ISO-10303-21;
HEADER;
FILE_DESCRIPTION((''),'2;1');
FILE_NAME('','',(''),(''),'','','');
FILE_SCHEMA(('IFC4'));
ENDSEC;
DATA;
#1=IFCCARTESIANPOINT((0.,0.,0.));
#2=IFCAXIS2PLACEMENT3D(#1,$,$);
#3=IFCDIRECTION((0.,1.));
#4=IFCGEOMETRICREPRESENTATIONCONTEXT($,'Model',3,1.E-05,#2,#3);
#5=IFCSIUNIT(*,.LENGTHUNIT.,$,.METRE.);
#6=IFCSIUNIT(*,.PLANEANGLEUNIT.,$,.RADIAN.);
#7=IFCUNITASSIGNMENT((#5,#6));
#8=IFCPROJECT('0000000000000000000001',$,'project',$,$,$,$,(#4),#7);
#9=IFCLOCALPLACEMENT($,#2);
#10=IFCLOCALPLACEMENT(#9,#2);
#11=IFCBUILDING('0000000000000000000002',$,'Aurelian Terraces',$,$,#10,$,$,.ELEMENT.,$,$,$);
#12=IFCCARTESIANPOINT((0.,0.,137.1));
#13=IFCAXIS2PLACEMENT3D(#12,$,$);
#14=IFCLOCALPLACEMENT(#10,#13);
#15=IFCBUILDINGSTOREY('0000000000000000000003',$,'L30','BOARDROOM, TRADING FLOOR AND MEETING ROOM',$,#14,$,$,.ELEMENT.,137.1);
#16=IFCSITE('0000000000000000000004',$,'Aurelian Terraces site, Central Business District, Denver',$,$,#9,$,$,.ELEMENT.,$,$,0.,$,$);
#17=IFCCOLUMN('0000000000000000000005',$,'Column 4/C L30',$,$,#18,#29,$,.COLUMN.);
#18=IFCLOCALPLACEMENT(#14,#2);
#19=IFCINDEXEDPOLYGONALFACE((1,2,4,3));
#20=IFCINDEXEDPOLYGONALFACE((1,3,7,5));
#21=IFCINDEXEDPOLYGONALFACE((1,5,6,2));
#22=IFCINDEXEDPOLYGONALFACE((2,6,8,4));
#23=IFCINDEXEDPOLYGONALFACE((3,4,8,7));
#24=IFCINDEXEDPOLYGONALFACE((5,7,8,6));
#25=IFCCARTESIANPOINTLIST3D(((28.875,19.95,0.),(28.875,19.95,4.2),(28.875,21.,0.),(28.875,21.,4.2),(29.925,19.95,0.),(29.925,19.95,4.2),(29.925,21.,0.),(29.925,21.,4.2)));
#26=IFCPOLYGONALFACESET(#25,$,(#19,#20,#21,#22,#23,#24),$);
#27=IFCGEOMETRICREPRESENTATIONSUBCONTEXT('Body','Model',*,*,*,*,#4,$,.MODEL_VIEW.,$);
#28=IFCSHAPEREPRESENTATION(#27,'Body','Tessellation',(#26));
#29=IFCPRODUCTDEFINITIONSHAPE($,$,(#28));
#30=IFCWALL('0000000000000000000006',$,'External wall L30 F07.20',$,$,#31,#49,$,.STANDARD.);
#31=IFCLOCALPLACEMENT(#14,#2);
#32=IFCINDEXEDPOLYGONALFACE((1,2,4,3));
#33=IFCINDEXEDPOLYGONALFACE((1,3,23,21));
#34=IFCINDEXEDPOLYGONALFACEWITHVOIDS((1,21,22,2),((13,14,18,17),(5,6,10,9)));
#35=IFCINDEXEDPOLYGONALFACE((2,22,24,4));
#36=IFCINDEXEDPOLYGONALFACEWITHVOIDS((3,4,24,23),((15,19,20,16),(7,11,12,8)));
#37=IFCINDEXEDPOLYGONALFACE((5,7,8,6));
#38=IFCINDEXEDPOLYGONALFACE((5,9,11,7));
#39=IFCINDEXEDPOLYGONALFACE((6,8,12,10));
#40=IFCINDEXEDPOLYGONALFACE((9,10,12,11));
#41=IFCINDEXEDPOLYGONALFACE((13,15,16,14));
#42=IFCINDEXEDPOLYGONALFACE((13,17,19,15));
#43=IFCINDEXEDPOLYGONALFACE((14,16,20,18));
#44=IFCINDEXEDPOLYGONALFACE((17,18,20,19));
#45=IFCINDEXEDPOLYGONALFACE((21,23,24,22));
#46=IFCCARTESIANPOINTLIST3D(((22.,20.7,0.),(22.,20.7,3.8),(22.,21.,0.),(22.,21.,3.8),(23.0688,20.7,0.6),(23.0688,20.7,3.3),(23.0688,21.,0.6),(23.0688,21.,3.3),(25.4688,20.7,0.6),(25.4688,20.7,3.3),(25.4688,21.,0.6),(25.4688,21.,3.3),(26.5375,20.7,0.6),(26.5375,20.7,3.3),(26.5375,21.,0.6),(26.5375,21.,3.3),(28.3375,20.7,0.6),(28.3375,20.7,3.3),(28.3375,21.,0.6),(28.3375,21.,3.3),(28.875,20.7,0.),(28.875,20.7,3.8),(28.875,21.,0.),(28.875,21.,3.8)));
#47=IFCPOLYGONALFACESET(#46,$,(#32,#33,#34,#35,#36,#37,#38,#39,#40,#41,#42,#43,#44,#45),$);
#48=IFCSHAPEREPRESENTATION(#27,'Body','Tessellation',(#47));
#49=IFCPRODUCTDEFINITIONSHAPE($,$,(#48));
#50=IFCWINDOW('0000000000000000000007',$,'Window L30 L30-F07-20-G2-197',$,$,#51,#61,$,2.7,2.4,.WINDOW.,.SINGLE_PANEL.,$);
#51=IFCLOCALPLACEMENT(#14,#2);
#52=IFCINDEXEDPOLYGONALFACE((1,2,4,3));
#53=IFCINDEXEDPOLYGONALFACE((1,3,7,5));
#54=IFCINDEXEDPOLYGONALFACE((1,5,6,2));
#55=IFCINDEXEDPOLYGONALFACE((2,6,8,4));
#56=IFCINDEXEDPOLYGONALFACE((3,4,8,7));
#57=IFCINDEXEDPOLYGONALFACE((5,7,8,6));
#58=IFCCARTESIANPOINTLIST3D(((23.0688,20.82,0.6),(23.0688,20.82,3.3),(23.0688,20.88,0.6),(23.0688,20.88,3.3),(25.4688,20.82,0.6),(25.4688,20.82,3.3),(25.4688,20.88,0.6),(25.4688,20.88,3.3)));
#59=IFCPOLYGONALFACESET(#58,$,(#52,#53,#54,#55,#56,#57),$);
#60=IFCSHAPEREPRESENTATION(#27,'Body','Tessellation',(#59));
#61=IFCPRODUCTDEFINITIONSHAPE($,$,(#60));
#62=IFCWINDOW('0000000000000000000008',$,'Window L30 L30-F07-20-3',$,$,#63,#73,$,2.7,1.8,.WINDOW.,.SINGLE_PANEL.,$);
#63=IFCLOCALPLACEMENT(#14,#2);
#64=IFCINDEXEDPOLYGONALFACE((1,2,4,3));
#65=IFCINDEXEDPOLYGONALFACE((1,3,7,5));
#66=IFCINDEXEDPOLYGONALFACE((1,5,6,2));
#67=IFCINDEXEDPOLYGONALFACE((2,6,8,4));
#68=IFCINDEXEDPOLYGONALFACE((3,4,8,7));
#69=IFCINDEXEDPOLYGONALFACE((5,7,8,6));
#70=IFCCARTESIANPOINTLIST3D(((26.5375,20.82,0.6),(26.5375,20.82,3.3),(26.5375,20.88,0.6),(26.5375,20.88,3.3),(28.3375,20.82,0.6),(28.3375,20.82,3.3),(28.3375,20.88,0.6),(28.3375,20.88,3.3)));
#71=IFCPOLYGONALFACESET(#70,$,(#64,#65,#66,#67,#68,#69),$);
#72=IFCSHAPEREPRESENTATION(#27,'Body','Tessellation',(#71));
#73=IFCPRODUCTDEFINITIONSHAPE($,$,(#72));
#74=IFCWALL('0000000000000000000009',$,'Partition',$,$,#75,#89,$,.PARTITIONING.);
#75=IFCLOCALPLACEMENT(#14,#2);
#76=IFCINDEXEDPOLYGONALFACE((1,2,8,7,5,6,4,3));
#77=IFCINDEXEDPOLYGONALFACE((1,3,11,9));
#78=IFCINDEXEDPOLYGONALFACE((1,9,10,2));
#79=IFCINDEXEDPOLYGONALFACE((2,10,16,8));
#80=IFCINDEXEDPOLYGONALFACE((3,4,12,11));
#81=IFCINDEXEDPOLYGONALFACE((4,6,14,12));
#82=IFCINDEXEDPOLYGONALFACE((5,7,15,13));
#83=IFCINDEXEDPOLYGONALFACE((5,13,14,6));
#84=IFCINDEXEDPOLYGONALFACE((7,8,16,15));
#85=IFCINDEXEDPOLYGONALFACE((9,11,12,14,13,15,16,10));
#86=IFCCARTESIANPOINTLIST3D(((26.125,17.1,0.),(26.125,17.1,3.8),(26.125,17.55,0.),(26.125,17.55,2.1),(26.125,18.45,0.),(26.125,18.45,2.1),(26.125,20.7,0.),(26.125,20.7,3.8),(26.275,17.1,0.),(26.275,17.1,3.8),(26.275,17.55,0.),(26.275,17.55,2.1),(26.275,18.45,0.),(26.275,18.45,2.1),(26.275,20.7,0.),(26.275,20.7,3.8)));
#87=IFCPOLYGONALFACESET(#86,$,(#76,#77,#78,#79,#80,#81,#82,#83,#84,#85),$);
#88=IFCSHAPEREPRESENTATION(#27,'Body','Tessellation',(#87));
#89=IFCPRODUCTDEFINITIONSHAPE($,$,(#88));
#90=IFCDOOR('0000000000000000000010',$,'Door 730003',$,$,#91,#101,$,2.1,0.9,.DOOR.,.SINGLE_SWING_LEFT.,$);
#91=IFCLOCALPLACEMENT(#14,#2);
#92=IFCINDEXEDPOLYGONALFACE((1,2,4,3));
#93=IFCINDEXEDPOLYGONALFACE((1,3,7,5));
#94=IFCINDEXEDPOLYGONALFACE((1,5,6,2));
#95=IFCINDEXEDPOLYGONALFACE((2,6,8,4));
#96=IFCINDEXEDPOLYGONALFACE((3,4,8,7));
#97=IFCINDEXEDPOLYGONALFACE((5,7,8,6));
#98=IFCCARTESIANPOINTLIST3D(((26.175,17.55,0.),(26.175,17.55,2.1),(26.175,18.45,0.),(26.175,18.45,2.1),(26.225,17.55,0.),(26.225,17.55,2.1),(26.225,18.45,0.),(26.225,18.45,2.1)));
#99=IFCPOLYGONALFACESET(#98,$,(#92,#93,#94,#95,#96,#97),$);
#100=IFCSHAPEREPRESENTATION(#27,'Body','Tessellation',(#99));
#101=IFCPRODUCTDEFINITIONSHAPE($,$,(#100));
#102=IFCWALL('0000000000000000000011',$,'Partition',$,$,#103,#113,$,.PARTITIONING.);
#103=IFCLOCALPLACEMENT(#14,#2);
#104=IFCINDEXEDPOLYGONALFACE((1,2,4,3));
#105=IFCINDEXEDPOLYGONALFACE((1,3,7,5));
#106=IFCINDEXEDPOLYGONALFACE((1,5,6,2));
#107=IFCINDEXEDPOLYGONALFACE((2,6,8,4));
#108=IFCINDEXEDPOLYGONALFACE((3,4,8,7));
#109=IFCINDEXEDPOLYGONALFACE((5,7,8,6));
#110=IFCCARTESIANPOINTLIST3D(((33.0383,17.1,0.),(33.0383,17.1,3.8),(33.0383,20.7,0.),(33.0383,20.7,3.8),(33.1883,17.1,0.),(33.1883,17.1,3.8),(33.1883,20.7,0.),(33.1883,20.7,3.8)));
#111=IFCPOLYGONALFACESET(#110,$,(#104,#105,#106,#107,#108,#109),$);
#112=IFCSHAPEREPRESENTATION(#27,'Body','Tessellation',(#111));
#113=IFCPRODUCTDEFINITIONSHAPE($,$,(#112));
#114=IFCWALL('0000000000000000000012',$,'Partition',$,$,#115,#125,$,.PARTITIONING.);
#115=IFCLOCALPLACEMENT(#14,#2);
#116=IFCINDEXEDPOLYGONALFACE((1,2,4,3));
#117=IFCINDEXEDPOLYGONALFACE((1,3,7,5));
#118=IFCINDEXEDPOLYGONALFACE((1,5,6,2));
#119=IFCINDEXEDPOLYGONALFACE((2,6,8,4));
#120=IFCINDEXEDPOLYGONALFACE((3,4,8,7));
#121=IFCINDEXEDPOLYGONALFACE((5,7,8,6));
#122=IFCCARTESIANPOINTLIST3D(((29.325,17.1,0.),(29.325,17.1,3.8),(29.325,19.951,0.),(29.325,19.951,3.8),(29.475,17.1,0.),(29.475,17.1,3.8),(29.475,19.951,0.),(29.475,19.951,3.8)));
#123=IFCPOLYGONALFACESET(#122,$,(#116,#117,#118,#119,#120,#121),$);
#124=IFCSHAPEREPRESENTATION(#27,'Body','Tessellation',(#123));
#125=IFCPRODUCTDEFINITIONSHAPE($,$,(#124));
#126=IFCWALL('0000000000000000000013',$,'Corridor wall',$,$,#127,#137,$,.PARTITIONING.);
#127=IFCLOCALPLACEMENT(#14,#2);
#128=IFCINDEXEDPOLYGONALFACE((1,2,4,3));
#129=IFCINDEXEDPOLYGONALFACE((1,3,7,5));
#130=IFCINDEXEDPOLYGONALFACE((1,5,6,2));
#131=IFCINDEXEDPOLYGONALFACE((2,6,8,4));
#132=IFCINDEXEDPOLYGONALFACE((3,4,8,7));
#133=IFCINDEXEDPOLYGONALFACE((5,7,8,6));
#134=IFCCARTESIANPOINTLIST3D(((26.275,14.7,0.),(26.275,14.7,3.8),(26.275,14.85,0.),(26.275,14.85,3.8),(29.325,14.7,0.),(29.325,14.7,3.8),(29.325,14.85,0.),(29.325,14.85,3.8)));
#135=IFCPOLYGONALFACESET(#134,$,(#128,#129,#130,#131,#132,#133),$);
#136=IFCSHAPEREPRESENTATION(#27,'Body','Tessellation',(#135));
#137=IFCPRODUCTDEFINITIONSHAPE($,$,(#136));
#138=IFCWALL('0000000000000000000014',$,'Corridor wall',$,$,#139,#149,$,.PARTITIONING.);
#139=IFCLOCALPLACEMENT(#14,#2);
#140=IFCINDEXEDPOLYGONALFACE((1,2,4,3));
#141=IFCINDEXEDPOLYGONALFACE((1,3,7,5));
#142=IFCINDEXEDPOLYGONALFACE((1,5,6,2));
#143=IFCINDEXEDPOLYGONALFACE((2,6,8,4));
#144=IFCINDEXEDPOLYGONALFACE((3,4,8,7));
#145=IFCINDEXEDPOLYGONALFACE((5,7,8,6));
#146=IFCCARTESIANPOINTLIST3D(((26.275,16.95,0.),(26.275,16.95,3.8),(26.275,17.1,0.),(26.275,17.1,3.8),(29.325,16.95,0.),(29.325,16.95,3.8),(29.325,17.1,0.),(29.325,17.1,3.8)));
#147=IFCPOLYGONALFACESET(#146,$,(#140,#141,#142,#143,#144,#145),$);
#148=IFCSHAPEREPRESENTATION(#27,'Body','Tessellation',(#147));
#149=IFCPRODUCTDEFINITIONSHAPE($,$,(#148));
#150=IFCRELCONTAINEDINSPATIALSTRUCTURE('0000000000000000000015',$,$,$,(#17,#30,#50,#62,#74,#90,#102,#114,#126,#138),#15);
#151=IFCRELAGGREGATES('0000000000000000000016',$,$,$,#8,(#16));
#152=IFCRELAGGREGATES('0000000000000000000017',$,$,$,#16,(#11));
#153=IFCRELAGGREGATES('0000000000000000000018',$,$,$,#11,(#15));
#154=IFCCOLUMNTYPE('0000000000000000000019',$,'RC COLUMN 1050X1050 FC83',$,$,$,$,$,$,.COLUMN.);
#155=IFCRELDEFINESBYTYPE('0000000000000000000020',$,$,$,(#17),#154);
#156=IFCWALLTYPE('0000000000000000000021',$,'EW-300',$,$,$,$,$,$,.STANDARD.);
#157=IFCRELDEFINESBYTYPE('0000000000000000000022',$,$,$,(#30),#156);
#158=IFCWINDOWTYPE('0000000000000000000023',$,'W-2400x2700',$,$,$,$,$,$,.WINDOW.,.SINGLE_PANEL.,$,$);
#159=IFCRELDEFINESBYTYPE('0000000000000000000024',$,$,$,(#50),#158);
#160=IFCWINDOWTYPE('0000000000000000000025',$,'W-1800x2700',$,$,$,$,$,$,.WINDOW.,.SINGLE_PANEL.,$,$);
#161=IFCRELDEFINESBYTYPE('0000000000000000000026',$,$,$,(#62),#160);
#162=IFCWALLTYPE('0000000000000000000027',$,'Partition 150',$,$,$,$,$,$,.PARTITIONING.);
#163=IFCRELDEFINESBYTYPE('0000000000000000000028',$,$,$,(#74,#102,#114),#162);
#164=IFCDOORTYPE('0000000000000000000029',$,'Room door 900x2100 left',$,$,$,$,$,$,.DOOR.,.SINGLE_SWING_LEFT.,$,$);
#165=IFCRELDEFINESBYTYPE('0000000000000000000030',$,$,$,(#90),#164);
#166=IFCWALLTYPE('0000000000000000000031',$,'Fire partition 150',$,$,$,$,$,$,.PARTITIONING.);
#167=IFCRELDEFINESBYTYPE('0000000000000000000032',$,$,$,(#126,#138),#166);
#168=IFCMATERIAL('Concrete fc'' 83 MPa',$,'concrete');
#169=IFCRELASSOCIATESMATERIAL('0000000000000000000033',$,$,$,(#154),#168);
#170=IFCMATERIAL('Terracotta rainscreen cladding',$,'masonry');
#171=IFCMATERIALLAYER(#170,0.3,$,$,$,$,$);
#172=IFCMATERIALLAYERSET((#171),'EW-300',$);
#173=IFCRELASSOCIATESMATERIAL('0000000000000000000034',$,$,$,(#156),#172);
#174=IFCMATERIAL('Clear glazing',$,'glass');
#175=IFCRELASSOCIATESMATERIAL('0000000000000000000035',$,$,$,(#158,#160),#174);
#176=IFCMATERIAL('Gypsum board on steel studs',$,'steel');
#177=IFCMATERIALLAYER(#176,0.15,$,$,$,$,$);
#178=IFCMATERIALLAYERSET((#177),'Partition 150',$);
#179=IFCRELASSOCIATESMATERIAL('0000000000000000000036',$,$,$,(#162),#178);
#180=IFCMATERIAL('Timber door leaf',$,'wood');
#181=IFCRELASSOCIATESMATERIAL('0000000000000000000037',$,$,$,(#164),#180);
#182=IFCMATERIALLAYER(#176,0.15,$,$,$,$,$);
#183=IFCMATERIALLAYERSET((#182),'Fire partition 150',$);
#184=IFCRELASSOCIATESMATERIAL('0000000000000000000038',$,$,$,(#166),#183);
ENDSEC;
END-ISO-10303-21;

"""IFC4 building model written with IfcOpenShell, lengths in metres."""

from ifc_helpers import new_model, si_unit, direction, frame, frame_2d, origin, origin_2d, place, context, subcontext, project, spatial, rectangle, extrude, source, transform, mapped, material, layer, layer_set, material_profile, profile_set, type_object, element, fill, save


model = new_model("IFC4")

# Units and contexts
model_context = context("Model", 3, precision=1e-05, world=origin(), true_north=direction((0.0, 1.0)))
body_context = subcontext(model_context, "Body", "Model", "MODEL_VIEW")
ifc_project = project(units=[si_unit("LENGTHUNIT", "METRE"), si_unit("PLANEANGLEUNIT", "RADIAN")], contexts=[model_context])

# Site, building, storey
site_placement = place(None, origin())
site = spatial("IfcSite", under=ifc_project, at=site_placement, Name="Aurelian Terraces site, Central Business District, Denver", CompositionType="ELEMENT", RefElevation=0.0)
building_placement = place(site_placement, origin())
building = spatial("IfcBuilding", under=site, at=building_placement, Name="Aurelian Terraces", CompositionType="ELEMENT")
storey_placement = place(building_placement, frame((0.0, 0.0, 137.1)))
storey = spatial("IfcBuildingStorey", under=building, at=storey_placement, Name="L30", Description="BOARDROOM, TRADING FLOOR AND MEETING ROOM", CompositionType="ELEMENT", Elevation=137.1)

# Column
ifc_material_1 = material(Name="Concrete fc' 83 MPa", Category="concrete")
ifc_material_profile = material_profile(ifc_material_1, rectangle(XDim=1.05, YDim=1.05, at=origin_2d()))
ifc_profile_set = profile_set([ifc_material_profile], Name="Concrete fc' 83 MPa")
column_type = type_object("IfcColumnType", Name="RC COLUMN 1050X1050 FC83", PredefinedType="COLUMN", material=ifc_profile_set)
shared_shape_1 = source(origin(), body_context, "Body", "SweptSolid", [
    extrude(rectangle(XDim=1.05, YDim=1.05, at=origin_2d()), origin(), (0.0, 0.0, 1.0), 4.2),
])
column_placement = place(storey_placement, frame((29.4, 20.475, 0.0), z_axis=(0.0, 0.0, 1.0), x_axis=(1.0, 0.0, 0.0)))
element("IfcColumn", 1, at=column_placement, inside=storey, type_object=column_type, Name="Column 4/C L30", PredefinedType="COLUMN", context=body_context, shape_type="MappedRepresentation", body=[
    mapped(shared_shape_1, transform((0.0, 0.0, 0.0), scale=1.0)),
])

# Wall, openings, windows
ifc_material_2 = material(Name="Terracotta rainscreen cladding", Category="masonry")
ifc_layer_1 = layer(ifc_material_2, 0.3)
ifc_layer_set_1 = layer_set([ifc_layer_1], Name="EW-300")
wall_type_1 = type_object("IfcWallType", Name="EW-300", PredefinedType="STANDARD", material=ifc_layer_set_1)
shared_shape_2 = source(origin(), body_context, "Body", "SweptSolid", [
    extrude(rectangle(XDim=6.875, YDim=0.3, at=frame_2d((3.4375, 0.0))), origin(), (0.0, 0.0, 1.0), 3.8),
])
wall_1_placement = place(storey_placement, frame((28.875, 20.85, 0.0), z_axis=(0.0, 0.0, 1.0), x_axis=(-1.0, 0.0, 0.0)))
wall_1 = element("IfcWall", 2, at=wall_1_placement, inside=storey, type_object=wall_type_1, Name="External wall L30 F07.20", PredefinedType="STANDARD", context=body_context, shape_type="MappedRepresentation", body=[
    mapped(shared_shape_2, transform((0.0, 0.0, 0.0), scale=1.0)),
])
shared_shape_3 = source(origin(), body_context, "Body", "SweptSolid", [
    extrude(rectangle(XDim=1.8, YDim=2.7, at=frame_2d((0.9, 1.35))), frame((0.0, 0.16, 0.0), z_axis=(0.0, -1.0, 0.0), x_axis=(1.0, 0.0, 0.0)), (0.0, 0.0, 1.0), 0.32),
])
opening_1_placement = place(wall_1_placement, frame((0.5375, 0.0, 0.6)))
opening_1 = element("IfcOpeningElement", 3, at=opening_1_placement, cuts=wall_1, PredefinedType="OPENING", context=body_context, shape_type="MappedRepresentation", body=[
    mapped(shared_shape_3, transform((0.0, 0.0, 0.0), scale=1.0)),
])
shared_shape_4 = source(origin(), body_context, "Body", "SweptSolid", [
    extrude(rectangle(XDim=2.4, YDim=2.7, at=frame_2d((1.2, 1.35))), frame((0.0, 0.16, 0.0), z_axis=(0.0, -1.0, 0.0), x_axis=(1.0, 0.0, 0.0)), (0.0, 0.0, 1.0), 0.32),
])
opening_2_placement = place(wall_1_placement, frame((3.4062, 0.0, 0.6)))
opening_2 = element("IfcOpeningElement", 4, at=opening_2_placement, cuts=wall_1, PredefinedType="OPENING", context=body_context, shape_type="MappedRepresentation", body=[
    mapped(shared_shape_4, transform((0.0, 0.0, 0.0), scale=1.0)),
])
ifc_material_3 = material(Name="Clear glazing", Category="glass")
window_type_1 = type_object("IfcWindowType", Name="W-2400x2700", PartitioningType="SINGLE_PANEL", PredefinedType="WINDOW", material=ifc_material_3)
shared_shape_5 = source(origin(), body_context, "Body", "SweptSolid", [
    extrude(rectangle(XDim=2.4, YDim=2.7, at=frame_2d((1.2, 1.35))), frame((0.0, 0.03, 0.0), z_axis=(0.0, -1.0, 0.0), x_axis=(1.0, 0.0, 0.0)), (0.0, 0.0, 1.0), 0.06),
])
window_1_placement = place(opening_2_placement, origin())
window_1 = element("IfcWindow", 5, at=window_1_placement, inside=storey, type_object=window_type_1, Name="Window L30 L30-F07-20-G2-197", OverallHeight=2.7, OverallWidth=2.4, PartitioningType="SINGLE_PANEL", PredefinedType="WINDOW", context=body_context, shape_type="MappedRepresentation", body=[
    mapped(shared_shape_5, transform((0.0, 0.0, 0.0), scale=1.0)),
])
fill(opening_2, window_1)
window_type_2 = type_object("IfcWindowType", Name="W-1800x2700", PartitioningType="SINGLE_PANEL", PredefinedType="WINDOW", material=ifc_material_3)
shared_shape_6 = source(origin(), body_context, "Body", "SweptSolid", [
    extrude(rectangle(XDim=1.8, YDim=2.7, at=frame_2d((0.9, 1.35))), frame((0.0, 0.03, 0.0), z_axis=(0.0, -1.0, 0.0), x_axis=(1.0, 0.0, 0.0)), (0.0, 0.0, 1.0), 0.06),
])
window_2_placement = place(opening_1_placement, origin())
window_2 = element("IfcWindow", 6, at=window_2_placement, inside=storey, type_object=window_type_2, Name="Window L30 L30-F07-20-3", OverallHeight=2.7, OverallWidth=1.8, PartitioningType="SINGLE_PANEL", PredefinedType="WINDOW", context=body_context, shape_type="MappedRepresentation", body=[
    mapped(shared_shape_6, transform((0.0, 0.0, 0.0), scale=1.0)),
])
fill(opening_1, window_2)

# Wall, opening, door
ifc_material_4 = material(Name="Gypsum board on steel studs", Category="steel")
ifc_layer_2 = layer(ifc_material_4, 0.15)
ifc_layer_set_2 = layer_set([ifc_layer_2], Name="Partition 150")
wall_type_2 = type_object("IfcWallType", Name="Partition 150", PredefinedType="PARTITIONING", material=ifc_layer_set_2)
shared_shape_7 = source(origin(), body_context, "Body", "SweptSolid", [
    extrude(rectangle(XDim=3.6, YDim=0.15, at=frame_2d((1.8, 0.0))), origin(), (0.0, 0.0, 1.0), 3.8),
])
wall_2_placement = place(storey_placement, frame((26.2, 20.7, 0.0), z_axis=(0.0, 0.0, 1.0), x_axis=(0.0, -1.0, 0.0)))
wall_2 = element("IfcWall", 7, at=wall_2_placement, inside=storey, type_object=wall_type_2, Name="Partition", PredefinedType="PARTITIONING", context=body_context, shape_type="MappedRepresentation", body=[
    mapped(shared_shape_7, transform((0.0, 0.0, 0.0), scale=1.0)),
])
shared_shape_8 = source(origin(), body_context, "Body", "SweptSolid", [
    extrude(rectangle(XDim=0.9, YDim=2.1, at=frame_2d((0.45, 1.05))), frame((0.0, 0.085, 0.0), z_axis=(0.0, -1.0, 0.0), x_axis=(1.0, 0.0, 0.0)), (0.0, 0.0, 1.0), 0.17),
])
opening_3_placement = place(wall_2_placement, frame((2.25, 0.0, 0.0)))
opening_3 = element("IfcOpeningElement", 8, at=opening_3_placement, cuts=wall_2, PredefinedType="OPENING", context=body_context, shape_type="MappedRepresentation", body=[
    mapped(shared_shape_8, transform((0.0, 0.0, 0.0), scale=1.0)),
])
ifc_material_5 = material(Name="Timber door leaf", Category="wood")
door_type_1 = type_object("IfcDoorType", Name="Room door 900x2100 left", OperationType="SINGLE_SWING_LEFT", PredefinedType="DOOR", material=ifc_material_5)
shared_shape_9 = source(origin(), body_context, "Body", "SweptSolid", [
    extrude(rectangle(XDim=0.9, YDim=2.1, at=frame_2d((0.45, 1.05))), frame((0.0, 0.025, 0.0), z_axis=(0.0, -1.0, 0.0), x_axis=(1.0, 0.0, 0.0)), (0.0, 0.0, 1.0), 0.05),
])
door_1_placement = place(opening_3_placement, origin())
door_1 = element("IfcDoor", 9, at=door_1_placement, inside=storey, type_object=door_type_1, Name="Door 730003", OperationType="SINGLE_SWING_LEFT", OverallHeight=2.1, OverallWidth=0.9, PredefinedType="DOOR", context=body_context, shape_type="MappedRepresentation", body=[
    mapped(shared_shape_9, transform((0.0, 0.0, 0.0), scale=1.0)),
])
fill(opening_3, door_1)

# Wall
wall_3_placement = place(storey_placement, frame((33.1133, 20.7, 0.0), z_axis=(0.0, 0.0, 1.0), x_axis=(0.0, -1.0, 0.0)))
element("IfcWall", 10, at=wall_3_placement, inside=storey, type_object=wall_type_2, Name="Partition", PredefinedType="PARTITIONING", context=body_context, shape_type="MappedRepresentation", body=[
    mapped(shared_shape_7, transform((0.0, 0.0, 0.0), scale=1.0)),
])

# Shared definitions
ifc_layer_3 = layer(ifc_material_4, 0.15)
ifc_layer_set_3 = layer_set([ifc_layer_3], Name="Fire partition 150")
wall_type_3 = type_object("IfcWallType", Name="Fire partition 150", PredefinedType="PARTITIONING", material=ifc_layer_set_3)

# Walls
shared_shape_10 = source(origin(), body_context, "Body", "SweptSolid", [
    extrude(rectangle(XDim=2.851, YDim=0.15, at=frame_2d((1.4255, 0.0))), origin(), (0.0, 0.0, 1.0), 3.8),
])
wall_4_placement = place(storey_placement, frame((29.4, 17.1, 0.0), z_axis=(0.0, 0.0, 1.0), x_axis=(0.0, 1.0, 0.0)))
element("IfcWall", 11, at=wall_4_placement, inside=storey, type_object=wall_type_2, Name="Partition", PredefinedType="PARTITIONING", context=body_context, shape_type="MappedRepresentation", body=[
    mapped(shared_shape_10, transform((0.0, 0.0, 0.0), scale=1.0)),
])
shared_shape_11 = source(origin(), body_context, "Body", "SweptSolid", [
    extrude(rectangle(XDim=3.05, YDim=0.15, at=frame_2d((1.525, 0.0))), origin(), (0.0, 0.0, 1.0), 3.8),
])
for number, where, z_axis, x_axis, name in (
    (12, (29.325, 14.775, 0.0), (0.0, 0.0, 1.0), (-1.0, 0.0, 0.0), "Corridor wall"),
    (13, (26.275, 17.025, 0.0), (0.0, 0.0, 1.0), (1.0, 0.0, 0.0), "Corridor wall"),
):
    element("IfcWall", number, at=place(storey_placement, frame(where, z_axis=z_axis, x_axis=x_axis)), inside=storey, type_object=wall_type_3, Name=name, PredefinedType="PARTITIONING", context=body_context, shape_type="MappedRepresentation", body=[
        mapped(shared_shape_11, transform((0.0, 0.0, 0.0), scale=1.0)),
    ])

save(model, "model.ifc")
